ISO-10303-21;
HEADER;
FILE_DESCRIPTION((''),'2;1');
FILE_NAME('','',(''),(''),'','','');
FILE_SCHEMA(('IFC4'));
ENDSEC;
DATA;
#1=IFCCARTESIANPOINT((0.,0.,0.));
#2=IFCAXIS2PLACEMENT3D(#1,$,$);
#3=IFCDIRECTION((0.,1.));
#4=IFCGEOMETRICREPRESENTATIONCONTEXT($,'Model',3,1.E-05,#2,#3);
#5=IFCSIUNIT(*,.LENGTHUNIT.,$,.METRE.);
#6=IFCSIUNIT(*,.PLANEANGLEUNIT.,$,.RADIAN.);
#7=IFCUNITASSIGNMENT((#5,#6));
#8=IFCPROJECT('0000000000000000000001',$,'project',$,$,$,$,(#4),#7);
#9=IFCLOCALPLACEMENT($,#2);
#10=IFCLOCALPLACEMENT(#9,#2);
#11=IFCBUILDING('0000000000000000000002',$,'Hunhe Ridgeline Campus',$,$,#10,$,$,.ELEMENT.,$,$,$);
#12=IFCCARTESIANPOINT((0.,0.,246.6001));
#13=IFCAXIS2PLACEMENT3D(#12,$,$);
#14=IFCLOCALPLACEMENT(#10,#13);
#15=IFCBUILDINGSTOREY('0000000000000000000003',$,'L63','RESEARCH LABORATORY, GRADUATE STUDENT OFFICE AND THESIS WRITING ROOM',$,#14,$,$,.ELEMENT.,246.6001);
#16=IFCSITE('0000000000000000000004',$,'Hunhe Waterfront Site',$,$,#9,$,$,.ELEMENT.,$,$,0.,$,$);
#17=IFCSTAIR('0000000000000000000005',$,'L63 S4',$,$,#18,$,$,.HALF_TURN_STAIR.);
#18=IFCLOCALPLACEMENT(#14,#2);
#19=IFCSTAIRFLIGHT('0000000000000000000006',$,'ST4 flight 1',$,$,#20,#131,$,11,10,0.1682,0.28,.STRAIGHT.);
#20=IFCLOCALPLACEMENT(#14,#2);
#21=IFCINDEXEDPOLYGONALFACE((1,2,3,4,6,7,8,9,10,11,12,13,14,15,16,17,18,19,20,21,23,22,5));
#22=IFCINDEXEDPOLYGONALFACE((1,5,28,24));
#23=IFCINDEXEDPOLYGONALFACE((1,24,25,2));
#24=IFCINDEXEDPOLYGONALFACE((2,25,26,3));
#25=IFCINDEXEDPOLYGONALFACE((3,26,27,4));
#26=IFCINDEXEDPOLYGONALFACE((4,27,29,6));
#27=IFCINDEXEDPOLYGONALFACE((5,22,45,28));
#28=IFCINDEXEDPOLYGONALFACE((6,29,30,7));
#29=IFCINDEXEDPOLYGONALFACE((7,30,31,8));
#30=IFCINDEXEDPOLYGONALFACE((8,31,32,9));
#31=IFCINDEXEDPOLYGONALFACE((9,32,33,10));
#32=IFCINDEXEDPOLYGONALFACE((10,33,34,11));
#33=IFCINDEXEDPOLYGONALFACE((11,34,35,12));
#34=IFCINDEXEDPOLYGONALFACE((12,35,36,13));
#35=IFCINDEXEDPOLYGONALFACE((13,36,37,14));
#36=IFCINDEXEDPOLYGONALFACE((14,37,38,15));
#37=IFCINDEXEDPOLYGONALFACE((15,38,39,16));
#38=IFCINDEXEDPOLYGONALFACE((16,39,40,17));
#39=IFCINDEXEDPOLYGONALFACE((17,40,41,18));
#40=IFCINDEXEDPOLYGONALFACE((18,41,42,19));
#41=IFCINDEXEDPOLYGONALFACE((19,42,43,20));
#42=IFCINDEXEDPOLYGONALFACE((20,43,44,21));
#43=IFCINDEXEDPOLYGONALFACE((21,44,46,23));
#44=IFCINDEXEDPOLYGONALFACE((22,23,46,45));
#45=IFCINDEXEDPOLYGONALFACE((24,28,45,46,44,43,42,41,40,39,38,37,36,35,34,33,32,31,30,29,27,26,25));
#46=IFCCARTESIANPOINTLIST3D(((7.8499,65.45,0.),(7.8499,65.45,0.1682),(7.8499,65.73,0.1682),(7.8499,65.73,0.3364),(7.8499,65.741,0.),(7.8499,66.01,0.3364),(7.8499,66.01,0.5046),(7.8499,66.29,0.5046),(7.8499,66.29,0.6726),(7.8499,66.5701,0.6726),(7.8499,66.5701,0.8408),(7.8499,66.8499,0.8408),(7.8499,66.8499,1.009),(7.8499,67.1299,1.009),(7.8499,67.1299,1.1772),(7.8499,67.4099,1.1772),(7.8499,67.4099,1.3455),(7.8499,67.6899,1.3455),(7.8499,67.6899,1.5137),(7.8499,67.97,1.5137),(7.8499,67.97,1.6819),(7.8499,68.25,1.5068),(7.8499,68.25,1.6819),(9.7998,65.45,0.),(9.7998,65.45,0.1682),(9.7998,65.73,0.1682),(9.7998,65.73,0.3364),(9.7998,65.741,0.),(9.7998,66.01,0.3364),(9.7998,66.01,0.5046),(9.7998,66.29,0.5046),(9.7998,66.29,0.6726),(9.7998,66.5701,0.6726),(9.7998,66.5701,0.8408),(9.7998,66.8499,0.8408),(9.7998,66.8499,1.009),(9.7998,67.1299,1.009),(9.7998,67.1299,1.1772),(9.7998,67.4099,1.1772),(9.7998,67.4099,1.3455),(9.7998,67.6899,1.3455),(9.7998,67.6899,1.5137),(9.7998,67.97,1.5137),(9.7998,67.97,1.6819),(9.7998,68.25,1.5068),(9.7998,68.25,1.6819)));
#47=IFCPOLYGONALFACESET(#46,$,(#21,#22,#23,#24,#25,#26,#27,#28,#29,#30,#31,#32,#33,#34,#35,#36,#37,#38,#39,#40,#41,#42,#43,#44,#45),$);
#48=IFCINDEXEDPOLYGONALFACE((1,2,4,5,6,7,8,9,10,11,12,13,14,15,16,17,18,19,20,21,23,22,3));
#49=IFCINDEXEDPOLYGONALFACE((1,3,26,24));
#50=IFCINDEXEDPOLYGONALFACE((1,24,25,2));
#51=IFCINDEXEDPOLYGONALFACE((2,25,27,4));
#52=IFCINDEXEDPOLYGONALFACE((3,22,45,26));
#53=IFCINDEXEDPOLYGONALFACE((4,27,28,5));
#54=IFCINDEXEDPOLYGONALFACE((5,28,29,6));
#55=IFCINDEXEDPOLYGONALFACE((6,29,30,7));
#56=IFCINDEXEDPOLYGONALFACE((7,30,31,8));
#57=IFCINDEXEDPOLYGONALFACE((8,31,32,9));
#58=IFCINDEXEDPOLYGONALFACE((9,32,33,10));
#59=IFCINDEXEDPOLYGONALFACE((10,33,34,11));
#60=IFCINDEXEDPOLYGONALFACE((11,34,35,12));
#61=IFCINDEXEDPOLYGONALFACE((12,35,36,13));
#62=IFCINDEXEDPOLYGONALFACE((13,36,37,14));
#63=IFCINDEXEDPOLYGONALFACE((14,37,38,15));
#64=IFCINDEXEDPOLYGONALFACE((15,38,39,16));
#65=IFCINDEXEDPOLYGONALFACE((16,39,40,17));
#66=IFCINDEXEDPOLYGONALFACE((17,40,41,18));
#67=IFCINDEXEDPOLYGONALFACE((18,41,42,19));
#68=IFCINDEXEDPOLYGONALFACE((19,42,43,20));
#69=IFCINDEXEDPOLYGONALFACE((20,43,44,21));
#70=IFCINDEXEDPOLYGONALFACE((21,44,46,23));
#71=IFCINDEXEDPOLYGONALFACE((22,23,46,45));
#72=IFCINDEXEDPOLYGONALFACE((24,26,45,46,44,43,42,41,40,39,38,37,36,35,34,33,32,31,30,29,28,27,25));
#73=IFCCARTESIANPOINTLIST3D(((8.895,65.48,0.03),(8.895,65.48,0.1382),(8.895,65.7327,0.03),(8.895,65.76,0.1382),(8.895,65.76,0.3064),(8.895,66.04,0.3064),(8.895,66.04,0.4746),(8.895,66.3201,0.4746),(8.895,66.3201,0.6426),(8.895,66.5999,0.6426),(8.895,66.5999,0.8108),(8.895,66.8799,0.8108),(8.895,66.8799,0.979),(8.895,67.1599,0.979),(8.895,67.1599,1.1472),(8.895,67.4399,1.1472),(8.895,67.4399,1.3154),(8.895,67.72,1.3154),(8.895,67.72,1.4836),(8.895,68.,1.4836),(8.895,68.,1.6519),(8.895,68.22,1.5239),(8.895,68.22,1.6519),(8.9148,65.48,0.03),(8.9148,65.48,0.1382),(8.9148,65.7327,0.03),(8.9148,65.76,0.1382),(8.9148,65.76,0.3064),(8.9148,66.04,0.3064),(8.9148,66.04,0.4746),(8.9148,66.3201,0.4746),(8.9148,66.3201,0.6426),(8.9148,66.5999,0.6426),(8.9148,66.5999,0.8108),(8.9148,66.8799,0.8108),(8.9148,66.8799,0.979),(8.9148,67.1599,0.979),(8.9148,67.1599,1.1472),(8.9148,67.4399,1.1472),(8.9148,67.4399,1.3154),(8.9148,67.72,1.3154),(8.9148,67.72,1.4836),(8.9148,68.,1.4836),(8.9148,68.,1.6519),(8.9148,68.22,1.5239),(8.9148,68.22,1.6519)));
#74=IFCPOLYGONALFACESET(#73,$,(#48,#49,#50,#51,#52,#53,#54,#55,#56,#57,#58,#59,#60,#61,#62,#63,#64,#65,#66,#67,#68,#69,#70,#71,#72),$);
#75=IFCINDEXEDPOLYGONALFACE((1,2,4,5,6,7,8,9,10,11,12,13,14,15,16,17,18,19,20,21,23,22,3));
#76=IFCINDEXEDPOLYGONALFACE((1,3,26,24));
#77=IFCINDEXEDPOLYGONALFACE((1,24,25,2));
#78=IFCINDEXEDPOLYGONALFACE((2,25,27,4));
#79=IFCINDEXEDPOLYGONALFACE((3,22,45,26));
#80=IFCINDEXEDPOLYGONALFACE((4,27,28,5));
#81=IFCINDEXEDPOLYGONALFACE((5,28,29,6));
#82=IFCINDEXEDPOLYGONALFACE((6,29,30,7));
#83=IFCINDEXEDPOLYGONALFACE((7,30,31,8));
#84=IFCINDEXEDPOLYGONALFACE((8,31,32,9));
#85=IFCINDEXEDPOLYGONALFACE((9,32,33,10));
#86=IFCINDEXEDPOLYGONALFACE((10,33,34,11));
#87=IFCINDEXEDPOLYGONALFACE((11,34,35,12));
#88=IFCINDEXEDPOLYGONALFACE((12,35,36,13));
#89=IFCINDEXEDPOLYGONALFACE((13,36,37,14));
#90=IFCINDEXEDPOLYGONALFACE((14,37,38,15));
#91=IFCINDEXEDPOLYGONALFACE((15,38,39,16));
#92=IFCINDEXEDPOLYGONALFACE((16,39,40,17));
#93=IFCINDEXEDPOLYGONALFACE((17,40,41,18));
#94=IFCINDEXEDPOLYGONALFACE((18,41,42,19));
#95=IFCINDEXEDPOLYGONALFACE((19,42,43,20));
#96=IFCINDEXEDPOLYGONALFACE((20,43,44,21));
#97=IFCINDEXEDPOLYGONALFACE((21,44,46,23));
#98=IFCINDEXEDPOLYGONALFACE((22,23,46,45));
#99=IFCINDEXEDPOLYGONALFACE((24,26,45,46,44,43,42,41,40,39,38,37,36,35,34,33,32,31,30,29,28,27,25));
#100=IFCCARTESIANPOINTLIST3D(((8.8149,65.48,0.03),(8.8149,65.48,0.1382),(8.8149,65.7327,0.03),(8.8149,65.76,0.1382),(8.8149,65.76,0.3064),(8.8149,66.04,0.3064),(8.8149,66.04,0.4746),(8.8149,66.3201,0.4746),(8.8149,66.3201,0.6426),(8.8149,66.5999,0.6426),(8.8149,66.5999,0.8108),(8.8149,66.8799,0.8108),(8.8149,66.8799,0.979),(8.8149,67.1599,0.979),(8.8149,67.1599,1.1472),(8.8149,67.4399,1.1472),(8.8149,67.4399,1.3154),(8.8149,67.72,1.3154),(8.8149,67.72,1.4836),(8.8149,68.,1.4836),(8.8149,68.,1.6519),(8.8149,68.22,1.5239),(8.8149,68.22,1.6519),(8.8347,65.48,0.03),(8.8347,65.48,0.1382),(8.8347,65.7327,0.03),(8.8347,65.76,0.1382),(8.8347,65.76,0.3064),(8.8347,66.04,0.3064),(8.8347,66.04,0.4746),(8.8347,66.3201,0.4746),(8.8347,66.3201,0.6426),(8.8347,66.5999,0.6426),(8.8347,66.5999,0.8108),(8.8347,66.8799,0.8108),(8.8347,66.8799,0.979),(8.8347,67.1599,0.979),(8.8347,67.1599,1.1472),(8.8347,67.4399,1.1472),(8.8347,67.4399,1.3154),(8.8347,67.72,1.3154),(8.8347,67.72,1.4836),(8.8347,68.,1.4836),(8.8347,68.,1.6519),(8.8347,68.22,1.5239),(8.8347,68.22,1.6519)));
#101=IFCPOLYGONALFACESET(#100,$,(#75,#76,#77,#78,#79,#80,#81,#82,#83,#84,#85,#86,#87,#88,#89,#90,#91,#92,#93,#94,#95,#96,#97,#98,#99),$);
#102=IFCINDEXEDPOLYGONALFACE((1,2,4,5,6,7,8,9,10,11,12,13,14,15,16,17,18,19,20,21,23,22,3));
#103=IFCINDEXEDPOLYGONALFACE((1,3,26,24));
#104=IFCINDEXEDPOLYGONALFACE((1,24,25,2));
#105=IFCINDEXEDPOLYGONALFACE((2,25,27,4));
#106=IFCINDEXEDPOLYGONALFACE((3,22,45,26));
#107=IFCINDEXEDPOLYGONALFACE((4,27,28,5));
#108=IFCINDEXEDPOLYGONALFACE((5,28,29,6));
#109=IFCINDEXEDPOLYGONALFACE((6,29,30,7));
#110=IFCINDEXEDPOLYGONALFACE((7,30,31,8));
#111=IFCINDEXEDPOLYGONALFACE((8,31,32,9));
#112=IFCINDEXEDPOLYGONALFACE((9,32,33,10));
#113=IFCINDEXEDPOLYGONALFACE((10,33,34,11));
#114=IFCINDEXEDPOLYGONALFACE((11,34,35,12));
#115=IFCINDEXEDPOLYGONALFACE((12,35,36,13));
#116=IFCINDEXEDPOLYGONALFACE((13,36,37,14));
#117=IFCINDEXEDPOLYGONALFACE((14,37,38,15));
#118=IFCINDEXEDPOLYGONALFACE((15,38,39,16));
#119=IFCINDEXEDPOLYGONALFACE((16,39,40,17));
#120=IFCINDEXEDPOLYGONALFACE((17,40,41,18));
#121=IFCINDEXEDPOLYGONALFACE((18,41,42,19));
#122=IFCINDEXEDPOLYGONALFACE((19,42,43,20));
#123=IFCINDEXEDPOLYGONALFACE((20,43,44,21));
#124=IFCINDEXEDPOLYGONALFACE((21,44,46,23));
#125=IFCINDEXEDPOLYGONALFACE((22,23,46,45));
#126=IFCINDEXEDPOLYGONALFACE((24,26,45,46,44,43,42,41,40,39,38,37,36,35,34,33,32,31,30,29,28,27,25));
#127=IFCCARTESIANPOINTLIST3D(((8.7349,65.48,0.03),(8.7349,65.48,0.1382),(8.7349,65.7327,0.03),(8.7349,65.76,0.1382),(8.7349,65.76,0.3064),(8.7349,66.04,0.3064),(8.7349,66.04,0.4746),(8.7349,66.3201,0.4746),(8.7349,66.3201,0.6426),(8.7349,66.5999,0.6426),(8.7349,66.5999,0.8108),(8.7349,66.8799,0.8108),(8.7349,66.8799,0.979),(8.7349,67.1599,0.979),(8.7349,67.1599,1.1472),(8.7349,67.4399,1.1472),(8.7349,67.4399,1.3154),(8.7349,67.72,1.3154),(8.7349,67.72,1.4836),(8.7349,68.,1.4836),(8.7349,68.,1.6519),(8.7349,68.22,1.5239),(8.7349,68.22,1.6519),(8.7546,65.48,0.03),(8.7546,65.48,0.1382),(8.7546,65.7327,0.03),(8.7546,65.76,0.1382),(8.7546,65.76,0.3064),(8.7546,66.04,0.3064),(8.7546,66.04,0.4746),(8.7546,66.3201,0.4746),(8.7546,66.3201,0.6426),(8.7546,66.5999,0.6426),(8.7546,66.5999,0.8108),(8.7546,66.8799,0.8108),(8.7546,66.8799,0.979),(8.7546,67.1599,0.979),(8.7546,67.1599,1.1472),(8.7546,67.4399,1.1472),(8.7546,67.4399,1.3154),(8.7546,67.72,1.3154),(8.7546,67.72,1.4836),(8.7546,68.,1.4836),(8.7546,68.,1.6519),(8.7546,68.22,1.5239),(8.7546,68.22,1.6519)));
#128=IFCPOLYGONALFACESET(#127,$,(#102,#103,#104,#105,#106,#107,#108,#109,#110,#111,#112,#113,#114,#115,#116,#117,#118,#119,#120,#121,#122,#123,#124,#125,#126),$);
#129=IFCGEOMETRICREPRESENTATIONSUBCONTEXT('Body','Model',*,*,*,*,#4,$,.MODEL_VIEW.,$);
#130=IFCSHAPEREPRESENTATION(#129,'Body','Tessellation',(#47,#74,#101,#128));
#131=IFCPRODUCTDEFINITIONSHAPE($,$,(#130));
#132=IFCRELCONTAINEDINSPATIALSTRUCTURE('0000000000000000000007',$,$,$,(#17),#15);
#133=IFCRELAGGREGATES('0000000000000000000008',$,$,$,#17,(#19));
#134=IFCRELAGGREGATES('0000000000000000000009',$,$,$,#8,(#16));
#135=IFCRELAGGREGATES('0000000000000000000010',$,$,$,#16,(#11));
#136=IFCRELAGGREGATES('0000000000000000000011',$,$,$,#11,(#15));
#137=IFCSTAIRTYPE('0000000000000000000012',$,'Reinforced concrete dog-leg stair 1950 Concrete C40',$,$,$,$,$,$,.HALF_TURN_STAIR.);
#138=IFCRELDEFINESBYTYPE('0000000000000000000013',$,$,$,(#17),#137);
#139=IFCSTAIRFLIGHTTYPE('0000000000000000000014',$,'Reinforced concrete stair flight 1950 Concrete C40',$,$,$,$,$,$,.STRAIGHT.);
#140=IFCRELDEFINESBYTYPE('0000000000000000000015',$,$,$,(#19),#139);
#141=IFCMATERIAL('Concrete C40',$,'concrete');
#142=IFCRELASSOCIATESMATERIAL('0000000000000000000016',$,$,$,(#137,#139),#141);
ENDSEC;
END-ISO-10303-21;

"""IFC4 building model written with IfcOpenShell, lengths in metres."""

from ifc_helpers import new_model, si_unit, direction, frame, origin, place, context, subcontext, project, spatial, polyline, outline, extrude, material, type_object, element, aggregate, save


model = new_model("IFC4")

# Units and contexts
model_context = context("Model", 3, precision=1e-05, world=origin(), true_north=direction((0.0, 1.0)))
body_context = subcontext(model_context, "Body", "Model", "MODEL_VIEW")
ifc_project = project(units=[si_unit("LENGTHUNIT", "METRE"), si_unit("PLANEANGLEUNIT", "RADIAN")], contexts=[model_context])

# Site, building, storey
site_placement = place(None, origin())
site = spatial("IfcSite", under=ifc_project, at=site_placement, Name="Hunhe Waterfront Site", CompositionType="ELEMENT", RefElevation=0.0)
building_placement = place(site_placement, origin())
building = spatial("IfcBuilding", under=site, at=building_placement, Name="Hunhe Ridgeline Campus", CompositionType="ELEMENT")
storey_placement = place(building_placement, frame((0.0, 0.0, 246.6001)))
storey = spatial("IfcBuildingStorey", under=building, at=storey_placement, Name="L63", Description="RESEARCH LABORATORY, GRADUATE STUDENT OFFICE AND THESIS WRITING ROOM", CompositionType="ELEMENT", Elevation=246.6001)

# Stair, stair flight
ifc_material_1 = material(Name="Concrete C40", Category="concrete")
stair_type = type_object("IfcStairType", Name="Reinforced concrete dog-leg stair 1950 Concrete C40", PredefinedType="HALF_TURN_STAIR", material=ifc_material_1)
stair_flight_type = type_object("IfcStairFlightType", Name="Reinforced concrete stair flight 1950 Concrete C40", PredefinedType="STRAIGHT", material=ifc_material_1)
stair_1_placement = place(storey_placement, origin())
stair_1 = element("IfcStair", 1, at=stair_1_placement, inside=storey, type_object=stair_type, Name="L63 S4", PredefinedType="HALF_TURN_STAIR")
stair_flight_1_placement = place(storey_placement, frame((8.825, 65.45, 0.0), z_axis=(0.0, 0.0, 1.0), x_axis=(0.0, 1.0, 0.0)))
stair_flight_1 = element("IfcStairFlight", 2, at=stair_flight_1_placement, type_object=stair_flight_type, Name="ST4 flight 1", NumberOfRisers=11, NumberOfTreads=10, PredefinedType="STRAIGHT", RiserHeight=0.1682, TreadLength=0.28, context=body_context, shape_type="SweptSolid", body=[
    extrude(outline(polyline([(0.0, 0.0), (0.0, 0.1682), (0.28, 0.1682), (0.28, 0.3364), (0.5601, 0.3364), (0.5601, 0.5046), (0.8401, 0.5046), (0.8401, 0.6726), (1.1201, 0.6726), (1.1201, 0.8408), (1.3999, 0.8408), (1.3999, 1.009), (1.6799, 1.009), (1.6799, 1.1772), (1.96, 1.1772), (1.96, 1.3455), (2.24, 1.3455), (2.24, 1.5137), (2.52, 1.5137), (2.52, 1.6819), (2.8, 1.6819), (2.8, 1.8501), (2.8, 1.5068), (0.291, 0.0), (0.0, 0.0)])), frame((0.0, 0.9751, 0.0), z_axis=(0.0, -1.0, 0.0), x_axis=(1.0, 0.0, 0.0)), (0.0, 0.0, 1.0), 1.95),
    extrude(outline(polyline([(0.03, 0.03), (0.03, 0.1382), (0.3101, 0.1382), (0.3101, 0.3064), (0.5901, 0.3064), (0.5901, 0.4746), (0.8701, 0.4746), (0.8701, 0.6426), (1.1499, 0.6426), (1.1499, 0.8108), (1.4299, 0.8108), (1.4299, 0.979), (1.71, 0.979), (1.71, 1.1472), (1.99, 1.1472), (1.99, 1.3154), (2.27, 1.3154), (2.27, 1.4836), (2.55, 1.4836), (2.55, 1.6519), (2.77, 1.6519), (2.77, 1.5239), (0.2827, 0.03), (0.03, 0.03)])), frame((0.0, -0.0701, 0.0), z_axis=(0.0, -1.0, 0.0), x_axis=(1.0, 0.0, 0.0)), (0.0, 0.0, 1.0), 0.0198),
    extrude(outline(polyline([(0.03, 0.03), (0.03, 0.1382), (0.3101, 0.1382), (0.3101, 0.3064), (0.5901, 0.3064), (0.5901, 0.4746), (0.8701, 0.4746), (0.8701, 0.6426), (1.1499, 0.6426), (1.1499, 0.8108), (1.4299, 0.8108), (1.4299, 0.979), (1.71, 0.979), (1.71, 1.1472), (1.99, 1.1472), (1.99, 1.3154), (2.27, 1.3154), (2.27, 1.4836), (2.55, 1.4836), (2.55, 1.6519), (2.77, 1.6519), (2.77, 1.5239), (0.2827, 0.03), (0.03, 0.03)])), frame((0.0, 0.01, 0.0), z_axis=(0.0, -1.0, 0.0), x_axis=(1.0, 0.0, 0.0)), (0.0, 0.0, 1.0), 0.0198),
    extrude(outline(polyline([(0.03, 0.03), (0.03, 0.1382), (0.3101, 0.1382), (0.3101, 0.3064), (0.5901, 0.3064), (0.5901, 0.4746), (0.8701, 0.4746), (0.8701, 0.6426), (1.1499, 0.6426), (1.1499, 0.8108), (1.4299, 0.8108), (1.4299, 0.979), (1.71, 0.979), (1.71, 1.1472), (1.99, 1.1472), (1.99, 1.3154), (2.27, 1.3154), (2.27, 1.4836), (2.55, 1.4836), (2.55, 1.6519), (2.77, 1.6519), (2.77, 1.5239), (0.2827, 0.03), (0.03, 0.03)])), frame((0.0, 0.0901, 0.0), z_axis=(0.0, -1.0, 0.0), x_axis=(1.0, 0.0, 0.0)), (0.0, 0.0, 1.0), 0.0198),
])
aggregate(stair_1, [stair_flight_1])

save(model, "model.ifc")
